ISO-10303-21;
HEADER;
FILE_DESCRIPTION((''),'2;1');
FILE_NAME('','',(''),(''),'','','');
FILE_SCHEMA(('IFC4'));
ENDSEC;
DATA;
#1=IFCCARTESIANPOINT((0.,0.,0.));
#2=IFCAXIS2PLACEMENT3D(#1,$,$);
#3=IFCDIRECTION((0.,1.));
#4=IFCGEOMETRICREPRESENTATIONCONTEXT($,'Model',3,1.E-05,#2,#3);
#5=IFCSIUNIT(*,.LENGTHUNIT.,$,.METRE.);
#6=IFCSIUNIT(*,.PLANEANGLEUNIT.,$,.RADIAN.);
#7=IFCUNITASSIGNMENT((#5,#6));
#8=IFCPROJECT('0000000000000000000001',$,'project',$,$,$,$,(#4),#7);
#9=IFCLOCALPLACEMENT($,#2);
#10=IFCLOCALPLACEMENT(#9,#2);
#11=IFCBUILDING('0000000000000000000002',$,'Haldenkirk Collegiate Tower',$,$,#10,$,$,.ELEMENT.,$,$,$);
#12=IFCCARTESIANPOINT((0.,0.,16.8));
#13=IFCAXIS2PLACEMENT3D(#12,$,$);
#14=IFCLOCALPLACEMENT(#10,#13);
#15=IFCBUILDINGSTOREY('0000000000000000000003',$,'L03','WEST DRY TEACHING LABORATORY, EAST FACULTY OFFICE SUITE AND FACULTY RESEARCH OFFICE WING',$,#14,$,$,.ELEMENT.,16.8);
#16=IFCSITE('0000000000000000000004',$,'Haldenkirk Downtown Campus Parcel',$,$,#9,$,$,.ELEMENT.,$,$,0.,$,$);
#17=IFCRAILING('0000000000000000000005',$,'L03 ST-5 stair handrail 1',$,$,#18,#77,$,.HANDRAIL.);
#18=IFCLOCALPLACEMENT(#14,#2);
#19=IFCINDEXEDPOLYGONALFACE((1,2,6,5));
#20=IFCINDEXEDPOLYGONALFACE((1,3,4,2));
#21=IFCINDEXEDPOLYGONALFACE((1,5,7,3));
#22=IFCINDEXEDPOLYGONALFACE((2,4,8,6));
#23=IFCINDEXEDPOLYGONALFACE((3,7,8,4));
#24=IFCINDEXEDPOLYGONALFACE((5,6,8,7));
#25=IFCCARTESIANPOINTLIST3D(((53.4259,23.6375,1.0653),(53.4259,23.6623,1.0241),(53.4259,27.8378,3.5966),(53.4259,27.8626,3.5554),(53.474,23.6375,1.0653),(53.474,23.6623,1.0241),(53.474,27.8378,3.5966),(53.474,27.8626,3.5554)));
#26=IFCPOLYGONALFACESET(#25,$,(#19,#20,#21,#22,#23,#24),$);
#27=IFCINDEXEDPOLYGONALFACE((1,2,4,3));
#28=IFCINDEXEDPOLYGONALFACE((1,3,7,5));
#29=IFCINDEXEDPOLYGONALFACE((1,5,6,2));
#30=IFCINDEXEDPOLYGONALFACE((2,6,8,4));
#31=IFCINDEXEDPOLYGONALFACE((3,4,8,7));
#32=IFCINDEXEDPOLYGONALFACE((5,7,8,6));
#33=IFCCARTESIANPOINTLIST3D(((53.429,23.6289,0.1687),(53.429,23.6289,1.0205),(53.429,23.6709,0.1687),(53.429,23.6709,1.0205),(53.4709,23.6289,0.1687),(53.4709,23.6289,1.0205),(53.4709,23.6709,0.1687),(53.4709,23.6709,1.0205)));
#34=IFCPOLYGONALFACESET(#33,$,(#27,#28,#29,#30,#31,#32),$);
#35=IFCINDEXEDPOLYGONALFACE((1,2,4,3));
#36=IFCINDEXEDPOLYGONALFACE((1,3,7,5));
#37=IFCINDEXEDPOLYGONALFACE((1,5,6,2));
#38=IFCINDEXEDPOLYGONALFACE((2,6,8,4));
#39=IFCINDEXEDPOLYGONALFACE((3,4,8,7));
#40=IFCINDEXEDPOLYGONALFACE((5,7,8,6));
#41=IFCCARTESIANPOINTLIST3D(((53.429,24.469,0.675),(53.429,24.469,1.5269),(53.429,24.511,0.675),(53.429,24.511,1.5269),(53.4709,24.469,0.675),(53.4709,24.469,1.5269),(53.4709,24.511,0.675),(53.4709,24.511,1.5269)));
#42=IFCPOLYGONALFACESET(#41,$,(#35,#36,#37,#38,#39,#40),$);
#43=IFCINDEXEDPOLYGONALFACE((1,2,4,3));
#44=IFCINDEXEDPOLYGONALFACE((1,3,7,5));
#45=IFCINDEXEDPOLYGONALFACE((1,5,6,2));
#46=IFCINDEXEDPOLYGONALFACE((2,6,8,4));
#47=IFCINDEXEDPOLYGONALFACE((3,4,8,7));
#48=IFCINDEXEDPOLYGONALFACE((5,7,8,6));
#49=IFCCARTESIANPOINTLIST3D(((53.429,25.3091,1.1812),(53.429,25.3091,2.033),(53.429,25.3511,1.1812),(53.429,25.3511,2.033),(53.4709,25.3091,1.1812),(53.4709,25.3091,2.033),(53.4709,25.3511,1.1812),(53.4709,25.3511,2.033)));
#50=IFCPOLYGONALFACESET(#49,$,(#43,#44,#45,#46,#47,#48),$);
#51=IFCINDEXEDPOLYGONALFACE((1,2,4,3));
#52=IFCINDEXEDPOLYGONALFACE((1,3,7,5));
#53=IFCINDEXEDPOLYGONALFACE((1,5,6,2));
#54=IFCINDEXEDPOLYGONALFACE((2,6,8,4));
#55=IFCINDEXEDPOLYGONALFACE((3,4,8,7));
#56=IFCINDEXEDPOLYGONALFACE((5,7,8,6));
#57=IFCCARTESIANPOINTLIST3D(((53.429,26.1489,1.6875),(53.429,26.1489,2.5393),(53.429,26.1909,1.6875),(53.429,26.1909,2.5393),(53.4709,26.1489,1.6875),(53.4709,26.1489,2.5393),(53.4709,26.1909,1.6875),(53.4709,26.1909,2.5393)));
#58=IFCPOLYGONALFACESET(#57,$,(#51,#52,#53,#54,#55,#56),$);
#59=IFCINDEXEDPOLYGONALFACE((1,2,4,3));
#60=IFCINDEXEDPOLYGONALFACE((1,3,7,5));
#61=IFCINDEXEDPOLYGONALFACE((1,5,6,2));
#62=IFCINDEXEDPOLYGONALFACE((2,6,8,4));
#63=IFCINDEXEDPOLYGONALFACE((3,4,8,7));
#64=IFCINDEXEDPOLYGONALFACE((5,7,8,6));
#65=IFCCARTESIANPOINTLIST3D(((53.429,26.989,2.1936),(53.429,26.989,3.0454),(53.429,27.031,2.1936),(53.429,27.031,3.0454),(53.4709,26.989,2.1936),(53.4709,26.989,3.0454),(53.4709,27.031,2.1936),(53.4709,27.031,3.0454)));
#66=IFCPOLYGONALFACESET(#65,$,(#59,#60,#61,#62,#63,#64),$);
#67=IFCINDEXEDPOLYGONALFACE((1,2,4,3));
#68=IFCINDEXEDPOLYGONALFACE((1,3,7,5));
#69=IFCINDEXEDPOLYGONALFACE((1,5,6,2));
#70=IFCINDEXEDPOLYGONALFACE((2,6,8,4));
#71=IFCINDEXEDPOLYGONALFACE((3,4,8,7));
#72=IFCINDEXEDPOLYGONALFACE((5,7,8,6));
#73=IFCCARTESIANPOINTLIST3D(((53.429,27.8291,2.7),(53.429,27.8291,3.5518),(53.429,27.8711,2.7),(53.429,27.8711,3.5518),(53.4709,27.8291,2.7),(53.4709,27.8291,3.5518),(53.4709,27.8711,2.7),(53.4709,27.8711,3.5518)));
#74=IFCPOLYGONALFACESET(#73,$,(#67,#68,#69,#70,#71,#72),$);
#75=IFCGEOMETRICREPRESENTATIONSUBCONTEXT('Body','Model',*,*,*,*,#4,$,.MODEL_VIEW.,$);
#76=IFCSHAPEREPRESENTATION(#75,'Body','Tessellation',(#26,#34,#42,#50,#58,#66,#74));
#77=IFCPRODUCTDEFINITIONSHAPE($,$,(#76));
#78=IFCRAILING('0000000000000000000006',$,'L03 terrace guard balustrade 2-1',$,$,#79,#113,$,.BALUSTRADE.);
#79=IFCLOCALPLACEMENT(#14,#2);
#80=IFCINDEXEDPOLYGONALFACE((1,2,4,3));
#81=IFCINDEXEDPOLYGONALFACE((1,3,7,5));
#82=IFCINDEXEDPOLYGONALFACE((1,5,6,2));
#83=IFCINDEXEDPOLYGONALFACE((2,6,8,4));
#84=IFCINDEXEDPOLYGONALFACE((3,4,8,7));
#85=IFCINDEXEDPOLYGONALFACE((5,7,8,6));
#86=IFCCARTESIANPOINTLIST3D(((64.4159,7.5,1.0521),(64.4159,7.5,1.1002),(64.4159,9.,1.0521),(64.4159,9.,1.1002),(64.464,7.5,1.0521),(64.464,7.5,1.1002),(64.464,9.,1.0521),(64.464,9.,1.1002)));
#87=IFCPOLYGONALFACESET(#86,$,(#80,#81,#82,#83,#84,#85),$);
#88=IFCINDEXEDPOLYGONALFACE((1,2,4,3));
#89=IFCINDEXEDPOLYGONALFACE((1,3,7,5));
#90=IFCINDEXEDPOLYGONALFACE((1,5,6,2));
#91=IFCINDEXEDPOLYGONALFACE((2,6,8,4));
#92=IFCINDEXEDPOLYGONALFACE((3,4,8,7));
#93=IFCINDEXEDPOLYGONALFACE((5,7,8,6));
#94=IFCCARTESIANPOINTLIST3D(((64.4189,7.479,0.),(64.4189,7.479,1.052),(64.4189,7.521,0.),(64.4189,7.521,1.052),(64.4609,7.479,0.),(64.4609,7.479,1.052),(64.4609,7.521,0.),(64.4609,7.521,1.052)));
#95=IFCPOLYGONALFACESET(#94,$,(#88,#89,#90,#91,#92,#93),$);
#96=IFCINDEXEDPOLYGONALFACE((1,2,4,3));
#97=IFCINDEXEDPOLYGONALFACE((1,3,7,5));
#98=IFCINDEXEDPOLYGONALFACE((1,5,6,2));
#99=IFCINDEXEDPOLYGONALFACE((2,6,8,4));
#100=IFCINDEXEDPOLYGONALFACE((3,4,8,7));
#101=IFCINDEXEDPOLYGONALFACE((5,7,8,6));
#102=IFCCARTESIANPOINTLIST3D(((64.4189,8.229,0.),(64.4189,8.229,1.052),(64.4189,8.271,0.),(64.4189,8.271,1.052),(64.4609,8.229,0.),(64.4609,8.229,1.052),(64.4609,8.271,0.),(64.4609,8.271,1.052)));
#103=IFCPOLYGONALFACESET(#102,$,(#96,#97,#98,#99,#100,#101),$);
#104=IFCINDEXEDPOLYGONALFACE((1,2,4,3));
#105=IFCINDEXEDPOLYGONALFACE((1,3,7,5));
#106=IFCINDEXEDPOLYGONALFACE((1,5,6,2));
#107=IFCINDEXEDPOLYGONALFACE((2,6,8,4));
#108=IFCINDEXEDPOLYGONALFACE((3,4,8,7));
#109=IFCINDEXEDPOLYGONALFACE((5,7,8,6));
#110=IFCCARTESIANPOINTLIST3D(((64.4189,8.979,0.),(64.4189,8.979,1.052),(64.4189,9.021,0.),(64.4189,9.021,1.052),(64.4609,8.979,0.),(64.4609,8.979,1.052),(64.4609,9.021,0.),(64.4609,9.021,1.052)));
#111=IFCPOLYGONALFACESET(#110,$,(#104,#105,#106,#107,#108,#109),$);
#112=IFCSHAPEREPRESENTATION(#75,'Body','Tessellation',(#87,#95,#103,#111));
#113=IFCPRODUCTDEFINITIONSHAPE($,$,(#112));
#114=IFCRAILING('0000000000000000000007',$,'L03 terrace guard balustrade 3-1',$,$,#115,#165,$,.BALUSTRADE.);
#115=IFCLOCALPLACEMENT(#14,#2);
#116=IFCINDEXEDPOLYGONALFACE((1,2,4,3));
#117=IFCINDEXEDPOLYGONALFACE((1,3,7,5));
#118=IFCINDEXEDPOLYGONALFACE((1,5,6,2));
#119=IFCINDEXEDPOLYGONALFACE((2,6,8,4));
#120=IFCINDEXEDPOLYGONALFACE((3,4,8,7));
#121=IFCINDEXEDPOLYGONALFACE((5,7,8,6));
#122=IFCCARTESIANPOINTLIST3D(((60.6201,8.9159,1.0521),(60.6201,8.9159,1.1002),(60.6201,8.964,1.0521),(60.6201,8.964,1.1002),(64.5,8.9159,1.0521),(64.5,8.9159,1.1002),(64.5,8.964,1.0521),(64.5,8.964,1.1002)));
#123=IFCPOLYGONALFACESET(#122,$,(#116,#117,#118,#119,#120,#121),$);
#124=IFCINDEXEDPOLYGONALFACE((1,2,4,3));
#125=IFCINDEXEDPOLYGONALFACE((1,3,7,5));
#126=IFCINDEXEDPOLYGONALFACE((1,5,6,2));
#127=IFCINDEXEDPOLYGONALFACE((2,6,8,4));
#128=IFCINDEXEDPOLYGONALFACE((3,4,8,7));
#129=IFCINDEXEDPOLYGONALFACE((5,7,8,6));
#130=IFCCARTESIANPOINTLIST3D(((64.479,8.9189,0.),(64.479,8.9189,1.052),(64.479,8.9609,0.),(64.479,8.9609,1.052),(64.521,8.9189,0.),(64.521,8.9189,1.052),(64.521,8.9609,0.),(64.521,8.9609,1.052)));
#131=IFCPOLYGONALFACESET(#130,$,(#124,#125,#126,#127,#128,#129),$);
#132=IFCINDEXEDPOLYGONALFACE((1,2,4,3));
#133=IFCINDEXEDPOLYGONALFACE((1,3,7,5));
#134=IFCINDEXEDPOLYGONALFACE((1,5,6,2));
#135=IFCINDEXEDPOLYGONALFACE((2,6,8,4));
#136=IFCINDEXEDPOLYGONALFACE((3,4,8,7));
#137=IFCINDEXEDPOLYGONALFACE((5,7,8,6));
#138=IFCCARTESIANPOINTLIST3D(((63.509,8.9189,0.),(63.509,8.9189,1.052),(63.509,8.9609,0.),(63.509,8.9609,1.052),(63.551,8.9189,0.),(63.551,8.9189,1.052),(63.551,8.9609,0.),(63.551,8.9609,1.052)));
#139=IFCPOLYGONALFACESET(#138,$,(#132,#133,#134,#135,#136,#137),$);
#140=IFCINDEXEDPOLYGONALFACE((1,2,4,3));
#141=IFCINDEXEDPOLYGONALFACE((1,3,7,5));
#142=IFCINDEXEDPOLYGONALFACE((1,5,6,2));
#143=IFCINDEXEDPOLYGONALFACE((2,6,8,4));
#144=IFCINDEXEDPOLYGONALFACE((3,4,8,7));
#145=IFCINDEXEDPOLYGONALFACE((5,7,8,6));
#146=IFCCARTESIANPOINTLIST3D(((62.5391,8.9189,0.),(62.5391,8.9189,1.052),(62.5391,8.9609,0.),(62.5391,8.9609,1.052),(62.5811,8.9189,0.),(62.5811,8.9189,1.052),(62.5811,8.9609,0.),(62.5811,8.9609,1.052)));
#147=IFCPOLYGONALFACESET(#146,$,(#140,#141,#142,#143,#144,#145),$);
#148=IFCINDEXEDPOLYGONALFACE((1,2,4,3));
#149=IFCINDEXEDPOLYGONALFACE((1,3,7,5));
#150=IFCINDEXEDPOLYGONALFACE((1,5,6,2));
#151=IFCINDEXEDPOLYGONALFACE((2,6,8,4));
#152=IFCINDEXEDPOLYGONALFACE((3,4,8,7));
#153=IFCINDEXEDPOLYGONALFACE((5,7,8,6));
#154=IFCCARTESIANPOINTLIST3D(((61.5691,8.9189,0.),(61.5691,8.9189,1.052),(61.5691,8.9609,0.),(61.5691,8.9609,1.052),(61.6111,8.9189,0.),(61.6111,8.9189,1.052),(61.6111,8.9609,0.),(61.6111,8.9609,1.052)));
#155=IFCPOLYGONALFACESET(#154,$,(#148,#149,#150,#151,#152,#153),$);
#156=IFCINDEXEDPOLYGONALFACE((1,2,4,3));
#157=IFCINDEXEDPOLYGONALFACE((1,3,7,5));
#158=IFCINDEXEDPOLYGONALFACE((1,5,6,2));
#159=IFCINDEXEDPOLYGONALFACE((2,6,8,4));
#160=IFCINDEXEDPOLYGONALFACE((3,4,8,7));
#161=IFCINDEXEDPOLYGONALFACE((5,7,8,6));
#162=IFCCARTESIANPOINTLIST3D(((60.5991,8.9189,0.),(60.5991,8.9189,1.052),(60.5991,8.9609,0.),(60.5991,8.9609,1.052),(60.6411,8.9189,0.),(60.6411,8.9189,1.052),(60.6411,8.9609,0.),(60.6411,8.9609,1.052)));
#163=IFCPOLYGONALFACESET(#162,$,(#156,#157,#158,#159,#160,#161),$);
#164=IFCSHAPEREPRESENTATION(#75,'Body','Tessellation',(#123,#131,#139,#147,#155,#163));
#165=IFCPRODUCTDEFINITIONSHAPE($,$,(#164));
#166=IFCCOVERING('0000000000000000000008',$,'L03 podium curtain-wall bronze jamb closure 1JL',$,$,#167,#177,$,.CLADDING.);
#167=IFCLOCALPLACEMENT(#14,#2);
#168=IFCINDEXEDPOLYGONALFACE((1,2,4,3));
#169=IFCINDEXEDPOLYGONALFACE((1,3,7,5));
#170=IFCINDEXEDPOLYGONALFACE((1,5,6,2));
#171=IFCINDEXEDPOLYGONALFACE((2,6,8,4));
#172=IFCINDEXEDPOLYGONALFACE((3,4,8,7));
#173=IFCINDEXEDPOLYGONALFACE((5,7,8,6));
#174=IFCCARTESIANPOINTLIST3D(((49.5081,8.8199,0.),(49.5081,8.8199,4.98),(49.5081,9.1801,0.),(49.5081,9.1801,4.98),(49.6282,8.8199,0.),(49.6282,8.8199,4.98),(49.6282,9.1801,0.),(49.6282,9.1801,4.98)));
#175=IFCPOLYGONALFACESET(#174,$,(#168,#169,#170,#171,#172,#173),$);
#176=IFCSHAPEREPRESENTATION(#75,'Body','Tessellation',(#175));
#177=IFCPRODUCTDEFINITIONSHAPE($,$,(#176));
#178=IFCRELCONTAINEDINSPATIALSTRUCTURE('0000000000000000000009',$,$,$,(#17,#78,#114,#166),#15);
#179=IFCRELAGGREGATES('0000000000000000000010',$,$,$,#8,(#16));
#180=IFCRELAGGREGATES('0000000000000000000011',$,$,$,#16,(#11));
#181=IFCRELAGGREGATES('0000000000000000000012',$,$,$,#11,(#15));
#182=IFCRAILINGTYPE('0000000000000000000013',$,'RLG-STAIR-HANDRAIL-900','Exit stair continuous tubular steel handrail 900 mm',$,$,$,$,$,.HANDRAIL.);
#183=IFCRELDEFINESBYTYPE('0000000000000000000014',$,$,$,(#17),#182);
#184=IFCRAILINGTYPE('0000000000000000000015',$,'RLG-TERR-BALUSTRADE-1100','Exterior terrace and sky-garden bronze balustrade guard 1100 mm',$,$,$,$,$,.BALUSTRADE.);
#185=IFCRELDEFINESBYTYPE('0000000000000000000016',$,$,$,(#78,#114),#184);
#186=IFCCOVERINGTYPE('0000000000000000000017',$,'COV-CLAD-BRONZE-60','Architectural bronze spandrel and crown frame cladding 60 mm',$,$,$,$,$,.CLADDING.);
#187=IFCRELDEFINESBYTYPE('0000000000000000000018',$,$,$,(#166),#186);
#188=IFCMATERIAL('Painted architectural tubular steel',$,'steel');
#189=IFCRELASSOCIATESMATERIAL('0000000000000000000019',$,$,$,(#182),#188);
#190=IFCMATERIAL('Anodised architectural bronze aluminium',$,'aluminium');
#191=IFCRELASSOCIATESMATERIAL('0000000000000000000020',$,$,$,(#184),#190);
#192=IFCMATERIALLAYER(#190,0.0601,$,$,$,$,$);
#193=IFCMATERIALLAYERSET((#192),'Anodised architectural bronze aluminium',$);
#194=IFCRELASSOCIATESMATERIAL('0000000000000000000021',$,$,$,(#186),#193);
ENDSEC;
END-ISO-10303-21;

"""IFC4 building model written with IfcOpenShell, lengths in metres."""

from ifc_helpers import new_model, si_unit, direction, frame, origin, origin_2d, place, context, subcontext, project, spatial, rectangle, extrude, source, transform, mapped, material, layer, layer_set, type_object, element, save


model = new_model("IFC4")

# Units and contexts
model_context = context("Model", 3, precision=1e-05, world=origin(), true_north=direction((0.0, 1.0)))
body_context = subcontext(model_context, "Body", "Model", "MODEL_VIEW")
ifc_project = project(units=[si_unit("LENGTHUNIT", "METRE"), si_unit("PLANEANGLEUNIT", "RADIAN")], contexts=[model_context])

# Site, building, storey
site_placement = place(None, origin())
site = spatial("IfcSite", under=ifc_project, at=site_placement, Name="Haldenkirk Downtown Campus Parcel", CompositionType="ELEMENT", RefElevation=0.0)
building_placement = place(site_placement, origin())
building = spatial("IfcBuilding", under=site, at=building_placement, Name="Haldenkirk Collegiate Tower", CompositionType="ELEMENT")
storey_placement = place(building_placement, frame((0.0, 0.0, 16.8)))
storey = spatial("IfcBuildingStorey", under=building, at=storey_placement, Name="L03", Description="WEST DRY TEACHING LABORATORY, EAST FACULTY OFFICE SUITE AND FACULTY RESEARCH OFFICE WING", CompositionType="ELEMENT", Elevation=16.8)

# Shared definitions
ifc_material_1 = material(Name="Anodised architectural bronze aluminium", Category="aluminium")

# Railings
ifc_material_2 = material(Name="Painted architectural tubular steel", Category="steel")
railing_type_1 = type_object("IfcRailingType", Name="RLG-STAIR-HANDRAIL-900", Description="Exit stair continuous tubular steel handrail 900 mm", PredefinedType="HANDRAIL", material=ifc_material_2)
railing_1_placement = place(storey_placement, frame((53.45, 23.6499, 0.1687)))
element("IfcRailing", 1, at=railing_1_placement, inside=storey, type_object=railing_type_1, Name="L03 ST-5 stair handrail 1", PredefinedType="HANDRAIL", context=body_context, shape_type="SweptSolid", body=[
    extrude(rectangle(XDim=0.0481, YDim=0.0481, at=origin_2d()), frame((0.0, 0.0, 0.876), z_axis=(0.0, 0.85649, 0.516164), x_axis=(-1.0, 0.0, 0.0)), (0.0, 0.0, 1.0), 4.9041),
    extrude(rectangle(XDim=0.042, YDim=0.042, at=origin_2d()), origin(), (0.0, 0.0, 1.0), 0.8518),
    extrude(rectangle(XDim=0.042, YDim=0.042, at=origin_2d()), frame((0.0, 0.8401, 0.5063)), (0.0, 0.0, 1.0), 0.8518),
    extrude(rectangle(XDim=0.042, YDim=0.042, at=origin_2d()), frame((0.0, 1.6802, 1.0125)), (0.0, 0.0, 1.0), 0.8518),
    extrude(rectangle(XDim=0.042, YDim=0.042, at=origin_2d()), frame((0.0, 2.52, 1.5188)), (0.0, 0.0, 1.0), 0.8518),
    extrude(rectangle(XDim=0.042, YDim=0.042, at=origin_2d()), frame((0.0, 3.3601, 2.0249)), (0.0, 0.0, 1.0), 0.8518),
    extrude(rectangle(XDim=0.042, YDim=0.042, at=origin_2d()), frame((0.0, 4.2002, 2.5312)), (0.0, 0.0, 1.0), 0.8518),
])
railing_type_2 = type_object("IfcRailingType", Name="RLG-TERR-BALUSTRADE-1100", Description="Exterior terrace and sky-garden bronze balustrade guard 1100 mm", PredefinedType="BALUSTRADE", material=ifc_material_1)
railing_2_placement = place(storey_placement, frame((64.4399, 7.5, 0.0)))
element("IfcRailing", 2, at=railing_2_placement, inside=storey, type_object=railing_type_2, Name="L03 terrace guard balustrade 2-1", PredefinedType="BALUSTRADE", context=body_context, shape_type="SweptSolid", body=[
    extrude(rectangle(XDim=0.0481, YDim=0.0481, at=origin_2d()), frame((0.0, 0.0, 1.0762), z_axis=(0.0, 1.0, 0.0), x_axis=(-1.0, 0.0, 0.0)), (0.0, 0.0, 1.0), 1.5),
    extrude(rectangle(XDim=0.042, YDim=0.042, at=origin_2d()), origin(), (0.0, 0.0, 1.0), 1.052),
    extrude(rectangle(XDim=0.042, YDim=0.042, at=origin_2d()), frame((0.0, 0.75, 0.0)), (0.0, 0.0, 1.0), 1.052),
    extrude(rectangle(XDim=0.042, YDim=0.042, at=origin_2d()), frame((0.0, 1.5, 0.0)), (0.0, 0.0, 1.0), 1.052),
])
railing_3_placement = place(storey_placement, frame((64.5, 8.9399, 0.0)))
element("IfcRailing", 3, at=railing_3_placement, inside=storey, type_object=railing_type_2, Name="L03 terrace guard balustrade 3-1", PredefinedType="BALUSTRADE", context=body_context, shape_type="SweptSolid", body=[
    extrude(rectangle(XDim=0.0481, YDim=0.0481, at=origin_2d()), frame((0.0, 0.0, 1.0762), z_axis=(-1.0, 0.0, 0.0), x_axis=(0.0, -1.0, 0.0)), (0.0, 0.0, 1.0), 3.8799),
    extrude(rectangle(XDim=0.042, YDim=0.042, at=origin_2d()), origin(), (0.0, 0.0, 1.0), 1.052),
    extrude(rectangle(XDim=0.042, YDim=0.042, at=origin_2d()), frame((-0.97, 0.0, 0.0)), (0.0, 0.0, 1.0), 1.052),
    extrude(rectangle(XDim=0.042, YDim=0.042, at=origin_2d()), frame((-1.9399, 0.0, 0.0)), (0.0, 0.0, 1.0), 1.052),
    extrude(rectangle(XDim=0.042, YDim=0.042, at=origin_2d()), frame((-2.9099, 0.0, 0.0)), (0.0, 0.0, 1.0), 1.052),
    extrude(rectangle(XDim=0.042, YDim=0.042, at=origin_2d()), frame((-3.8799, 0.0, 0.0)), (0.0, 0.0, 1.0), 1.052),
])

# Covering
ifc_layer_1 = layer(ifc_material_1, 0.0601)
ifc_layer_set_1 = layer_set([ifc_layer_1], Name="Anodised architectural bronze aluminium")
covering_type = type_object("IfcCoveringType", Name="COV-CLAD-BRONZE-60", Description="Architectural bronze spandrel and crown frame cladding 60 mm", PredefinedType="CLADDING", material=ifc_layer_set_1)
shared_shape = source(origin(), body_context, "Body", "SweptSolid", [
    extrude(rectangle(XDim=0.1201, YDim=0.3601, at=origin_2d()), origin(), (0.0, 0.0, 1.0), 4.98),
])
covering_placement = place(storey_placement, frame((49.5681, 9.0, 0.0), z_axis=(0.0, 0.0, 1.0), x_axis=(-1.0, 0.0, 0.0)))
element("IfcCovering", 4, at=covering_placement, inside=storey, type_object=covering_type, Name="L03 podium curtain-wall bronze jamb closure 1JL", PredefinedType="CLADDING", context=body_context, shape_type="MappedRepresentation", body=[
    mapped(shared_shape, transform((0.0, 0.0, 0.0), x_axis=(1.0, 0.0, 0.0), y_axis=(0.0, 1.0, 0.0), z_axis=(0.0, 0.0, 1.0), scale=1.0)),
])

save(model, "model.ifc")
